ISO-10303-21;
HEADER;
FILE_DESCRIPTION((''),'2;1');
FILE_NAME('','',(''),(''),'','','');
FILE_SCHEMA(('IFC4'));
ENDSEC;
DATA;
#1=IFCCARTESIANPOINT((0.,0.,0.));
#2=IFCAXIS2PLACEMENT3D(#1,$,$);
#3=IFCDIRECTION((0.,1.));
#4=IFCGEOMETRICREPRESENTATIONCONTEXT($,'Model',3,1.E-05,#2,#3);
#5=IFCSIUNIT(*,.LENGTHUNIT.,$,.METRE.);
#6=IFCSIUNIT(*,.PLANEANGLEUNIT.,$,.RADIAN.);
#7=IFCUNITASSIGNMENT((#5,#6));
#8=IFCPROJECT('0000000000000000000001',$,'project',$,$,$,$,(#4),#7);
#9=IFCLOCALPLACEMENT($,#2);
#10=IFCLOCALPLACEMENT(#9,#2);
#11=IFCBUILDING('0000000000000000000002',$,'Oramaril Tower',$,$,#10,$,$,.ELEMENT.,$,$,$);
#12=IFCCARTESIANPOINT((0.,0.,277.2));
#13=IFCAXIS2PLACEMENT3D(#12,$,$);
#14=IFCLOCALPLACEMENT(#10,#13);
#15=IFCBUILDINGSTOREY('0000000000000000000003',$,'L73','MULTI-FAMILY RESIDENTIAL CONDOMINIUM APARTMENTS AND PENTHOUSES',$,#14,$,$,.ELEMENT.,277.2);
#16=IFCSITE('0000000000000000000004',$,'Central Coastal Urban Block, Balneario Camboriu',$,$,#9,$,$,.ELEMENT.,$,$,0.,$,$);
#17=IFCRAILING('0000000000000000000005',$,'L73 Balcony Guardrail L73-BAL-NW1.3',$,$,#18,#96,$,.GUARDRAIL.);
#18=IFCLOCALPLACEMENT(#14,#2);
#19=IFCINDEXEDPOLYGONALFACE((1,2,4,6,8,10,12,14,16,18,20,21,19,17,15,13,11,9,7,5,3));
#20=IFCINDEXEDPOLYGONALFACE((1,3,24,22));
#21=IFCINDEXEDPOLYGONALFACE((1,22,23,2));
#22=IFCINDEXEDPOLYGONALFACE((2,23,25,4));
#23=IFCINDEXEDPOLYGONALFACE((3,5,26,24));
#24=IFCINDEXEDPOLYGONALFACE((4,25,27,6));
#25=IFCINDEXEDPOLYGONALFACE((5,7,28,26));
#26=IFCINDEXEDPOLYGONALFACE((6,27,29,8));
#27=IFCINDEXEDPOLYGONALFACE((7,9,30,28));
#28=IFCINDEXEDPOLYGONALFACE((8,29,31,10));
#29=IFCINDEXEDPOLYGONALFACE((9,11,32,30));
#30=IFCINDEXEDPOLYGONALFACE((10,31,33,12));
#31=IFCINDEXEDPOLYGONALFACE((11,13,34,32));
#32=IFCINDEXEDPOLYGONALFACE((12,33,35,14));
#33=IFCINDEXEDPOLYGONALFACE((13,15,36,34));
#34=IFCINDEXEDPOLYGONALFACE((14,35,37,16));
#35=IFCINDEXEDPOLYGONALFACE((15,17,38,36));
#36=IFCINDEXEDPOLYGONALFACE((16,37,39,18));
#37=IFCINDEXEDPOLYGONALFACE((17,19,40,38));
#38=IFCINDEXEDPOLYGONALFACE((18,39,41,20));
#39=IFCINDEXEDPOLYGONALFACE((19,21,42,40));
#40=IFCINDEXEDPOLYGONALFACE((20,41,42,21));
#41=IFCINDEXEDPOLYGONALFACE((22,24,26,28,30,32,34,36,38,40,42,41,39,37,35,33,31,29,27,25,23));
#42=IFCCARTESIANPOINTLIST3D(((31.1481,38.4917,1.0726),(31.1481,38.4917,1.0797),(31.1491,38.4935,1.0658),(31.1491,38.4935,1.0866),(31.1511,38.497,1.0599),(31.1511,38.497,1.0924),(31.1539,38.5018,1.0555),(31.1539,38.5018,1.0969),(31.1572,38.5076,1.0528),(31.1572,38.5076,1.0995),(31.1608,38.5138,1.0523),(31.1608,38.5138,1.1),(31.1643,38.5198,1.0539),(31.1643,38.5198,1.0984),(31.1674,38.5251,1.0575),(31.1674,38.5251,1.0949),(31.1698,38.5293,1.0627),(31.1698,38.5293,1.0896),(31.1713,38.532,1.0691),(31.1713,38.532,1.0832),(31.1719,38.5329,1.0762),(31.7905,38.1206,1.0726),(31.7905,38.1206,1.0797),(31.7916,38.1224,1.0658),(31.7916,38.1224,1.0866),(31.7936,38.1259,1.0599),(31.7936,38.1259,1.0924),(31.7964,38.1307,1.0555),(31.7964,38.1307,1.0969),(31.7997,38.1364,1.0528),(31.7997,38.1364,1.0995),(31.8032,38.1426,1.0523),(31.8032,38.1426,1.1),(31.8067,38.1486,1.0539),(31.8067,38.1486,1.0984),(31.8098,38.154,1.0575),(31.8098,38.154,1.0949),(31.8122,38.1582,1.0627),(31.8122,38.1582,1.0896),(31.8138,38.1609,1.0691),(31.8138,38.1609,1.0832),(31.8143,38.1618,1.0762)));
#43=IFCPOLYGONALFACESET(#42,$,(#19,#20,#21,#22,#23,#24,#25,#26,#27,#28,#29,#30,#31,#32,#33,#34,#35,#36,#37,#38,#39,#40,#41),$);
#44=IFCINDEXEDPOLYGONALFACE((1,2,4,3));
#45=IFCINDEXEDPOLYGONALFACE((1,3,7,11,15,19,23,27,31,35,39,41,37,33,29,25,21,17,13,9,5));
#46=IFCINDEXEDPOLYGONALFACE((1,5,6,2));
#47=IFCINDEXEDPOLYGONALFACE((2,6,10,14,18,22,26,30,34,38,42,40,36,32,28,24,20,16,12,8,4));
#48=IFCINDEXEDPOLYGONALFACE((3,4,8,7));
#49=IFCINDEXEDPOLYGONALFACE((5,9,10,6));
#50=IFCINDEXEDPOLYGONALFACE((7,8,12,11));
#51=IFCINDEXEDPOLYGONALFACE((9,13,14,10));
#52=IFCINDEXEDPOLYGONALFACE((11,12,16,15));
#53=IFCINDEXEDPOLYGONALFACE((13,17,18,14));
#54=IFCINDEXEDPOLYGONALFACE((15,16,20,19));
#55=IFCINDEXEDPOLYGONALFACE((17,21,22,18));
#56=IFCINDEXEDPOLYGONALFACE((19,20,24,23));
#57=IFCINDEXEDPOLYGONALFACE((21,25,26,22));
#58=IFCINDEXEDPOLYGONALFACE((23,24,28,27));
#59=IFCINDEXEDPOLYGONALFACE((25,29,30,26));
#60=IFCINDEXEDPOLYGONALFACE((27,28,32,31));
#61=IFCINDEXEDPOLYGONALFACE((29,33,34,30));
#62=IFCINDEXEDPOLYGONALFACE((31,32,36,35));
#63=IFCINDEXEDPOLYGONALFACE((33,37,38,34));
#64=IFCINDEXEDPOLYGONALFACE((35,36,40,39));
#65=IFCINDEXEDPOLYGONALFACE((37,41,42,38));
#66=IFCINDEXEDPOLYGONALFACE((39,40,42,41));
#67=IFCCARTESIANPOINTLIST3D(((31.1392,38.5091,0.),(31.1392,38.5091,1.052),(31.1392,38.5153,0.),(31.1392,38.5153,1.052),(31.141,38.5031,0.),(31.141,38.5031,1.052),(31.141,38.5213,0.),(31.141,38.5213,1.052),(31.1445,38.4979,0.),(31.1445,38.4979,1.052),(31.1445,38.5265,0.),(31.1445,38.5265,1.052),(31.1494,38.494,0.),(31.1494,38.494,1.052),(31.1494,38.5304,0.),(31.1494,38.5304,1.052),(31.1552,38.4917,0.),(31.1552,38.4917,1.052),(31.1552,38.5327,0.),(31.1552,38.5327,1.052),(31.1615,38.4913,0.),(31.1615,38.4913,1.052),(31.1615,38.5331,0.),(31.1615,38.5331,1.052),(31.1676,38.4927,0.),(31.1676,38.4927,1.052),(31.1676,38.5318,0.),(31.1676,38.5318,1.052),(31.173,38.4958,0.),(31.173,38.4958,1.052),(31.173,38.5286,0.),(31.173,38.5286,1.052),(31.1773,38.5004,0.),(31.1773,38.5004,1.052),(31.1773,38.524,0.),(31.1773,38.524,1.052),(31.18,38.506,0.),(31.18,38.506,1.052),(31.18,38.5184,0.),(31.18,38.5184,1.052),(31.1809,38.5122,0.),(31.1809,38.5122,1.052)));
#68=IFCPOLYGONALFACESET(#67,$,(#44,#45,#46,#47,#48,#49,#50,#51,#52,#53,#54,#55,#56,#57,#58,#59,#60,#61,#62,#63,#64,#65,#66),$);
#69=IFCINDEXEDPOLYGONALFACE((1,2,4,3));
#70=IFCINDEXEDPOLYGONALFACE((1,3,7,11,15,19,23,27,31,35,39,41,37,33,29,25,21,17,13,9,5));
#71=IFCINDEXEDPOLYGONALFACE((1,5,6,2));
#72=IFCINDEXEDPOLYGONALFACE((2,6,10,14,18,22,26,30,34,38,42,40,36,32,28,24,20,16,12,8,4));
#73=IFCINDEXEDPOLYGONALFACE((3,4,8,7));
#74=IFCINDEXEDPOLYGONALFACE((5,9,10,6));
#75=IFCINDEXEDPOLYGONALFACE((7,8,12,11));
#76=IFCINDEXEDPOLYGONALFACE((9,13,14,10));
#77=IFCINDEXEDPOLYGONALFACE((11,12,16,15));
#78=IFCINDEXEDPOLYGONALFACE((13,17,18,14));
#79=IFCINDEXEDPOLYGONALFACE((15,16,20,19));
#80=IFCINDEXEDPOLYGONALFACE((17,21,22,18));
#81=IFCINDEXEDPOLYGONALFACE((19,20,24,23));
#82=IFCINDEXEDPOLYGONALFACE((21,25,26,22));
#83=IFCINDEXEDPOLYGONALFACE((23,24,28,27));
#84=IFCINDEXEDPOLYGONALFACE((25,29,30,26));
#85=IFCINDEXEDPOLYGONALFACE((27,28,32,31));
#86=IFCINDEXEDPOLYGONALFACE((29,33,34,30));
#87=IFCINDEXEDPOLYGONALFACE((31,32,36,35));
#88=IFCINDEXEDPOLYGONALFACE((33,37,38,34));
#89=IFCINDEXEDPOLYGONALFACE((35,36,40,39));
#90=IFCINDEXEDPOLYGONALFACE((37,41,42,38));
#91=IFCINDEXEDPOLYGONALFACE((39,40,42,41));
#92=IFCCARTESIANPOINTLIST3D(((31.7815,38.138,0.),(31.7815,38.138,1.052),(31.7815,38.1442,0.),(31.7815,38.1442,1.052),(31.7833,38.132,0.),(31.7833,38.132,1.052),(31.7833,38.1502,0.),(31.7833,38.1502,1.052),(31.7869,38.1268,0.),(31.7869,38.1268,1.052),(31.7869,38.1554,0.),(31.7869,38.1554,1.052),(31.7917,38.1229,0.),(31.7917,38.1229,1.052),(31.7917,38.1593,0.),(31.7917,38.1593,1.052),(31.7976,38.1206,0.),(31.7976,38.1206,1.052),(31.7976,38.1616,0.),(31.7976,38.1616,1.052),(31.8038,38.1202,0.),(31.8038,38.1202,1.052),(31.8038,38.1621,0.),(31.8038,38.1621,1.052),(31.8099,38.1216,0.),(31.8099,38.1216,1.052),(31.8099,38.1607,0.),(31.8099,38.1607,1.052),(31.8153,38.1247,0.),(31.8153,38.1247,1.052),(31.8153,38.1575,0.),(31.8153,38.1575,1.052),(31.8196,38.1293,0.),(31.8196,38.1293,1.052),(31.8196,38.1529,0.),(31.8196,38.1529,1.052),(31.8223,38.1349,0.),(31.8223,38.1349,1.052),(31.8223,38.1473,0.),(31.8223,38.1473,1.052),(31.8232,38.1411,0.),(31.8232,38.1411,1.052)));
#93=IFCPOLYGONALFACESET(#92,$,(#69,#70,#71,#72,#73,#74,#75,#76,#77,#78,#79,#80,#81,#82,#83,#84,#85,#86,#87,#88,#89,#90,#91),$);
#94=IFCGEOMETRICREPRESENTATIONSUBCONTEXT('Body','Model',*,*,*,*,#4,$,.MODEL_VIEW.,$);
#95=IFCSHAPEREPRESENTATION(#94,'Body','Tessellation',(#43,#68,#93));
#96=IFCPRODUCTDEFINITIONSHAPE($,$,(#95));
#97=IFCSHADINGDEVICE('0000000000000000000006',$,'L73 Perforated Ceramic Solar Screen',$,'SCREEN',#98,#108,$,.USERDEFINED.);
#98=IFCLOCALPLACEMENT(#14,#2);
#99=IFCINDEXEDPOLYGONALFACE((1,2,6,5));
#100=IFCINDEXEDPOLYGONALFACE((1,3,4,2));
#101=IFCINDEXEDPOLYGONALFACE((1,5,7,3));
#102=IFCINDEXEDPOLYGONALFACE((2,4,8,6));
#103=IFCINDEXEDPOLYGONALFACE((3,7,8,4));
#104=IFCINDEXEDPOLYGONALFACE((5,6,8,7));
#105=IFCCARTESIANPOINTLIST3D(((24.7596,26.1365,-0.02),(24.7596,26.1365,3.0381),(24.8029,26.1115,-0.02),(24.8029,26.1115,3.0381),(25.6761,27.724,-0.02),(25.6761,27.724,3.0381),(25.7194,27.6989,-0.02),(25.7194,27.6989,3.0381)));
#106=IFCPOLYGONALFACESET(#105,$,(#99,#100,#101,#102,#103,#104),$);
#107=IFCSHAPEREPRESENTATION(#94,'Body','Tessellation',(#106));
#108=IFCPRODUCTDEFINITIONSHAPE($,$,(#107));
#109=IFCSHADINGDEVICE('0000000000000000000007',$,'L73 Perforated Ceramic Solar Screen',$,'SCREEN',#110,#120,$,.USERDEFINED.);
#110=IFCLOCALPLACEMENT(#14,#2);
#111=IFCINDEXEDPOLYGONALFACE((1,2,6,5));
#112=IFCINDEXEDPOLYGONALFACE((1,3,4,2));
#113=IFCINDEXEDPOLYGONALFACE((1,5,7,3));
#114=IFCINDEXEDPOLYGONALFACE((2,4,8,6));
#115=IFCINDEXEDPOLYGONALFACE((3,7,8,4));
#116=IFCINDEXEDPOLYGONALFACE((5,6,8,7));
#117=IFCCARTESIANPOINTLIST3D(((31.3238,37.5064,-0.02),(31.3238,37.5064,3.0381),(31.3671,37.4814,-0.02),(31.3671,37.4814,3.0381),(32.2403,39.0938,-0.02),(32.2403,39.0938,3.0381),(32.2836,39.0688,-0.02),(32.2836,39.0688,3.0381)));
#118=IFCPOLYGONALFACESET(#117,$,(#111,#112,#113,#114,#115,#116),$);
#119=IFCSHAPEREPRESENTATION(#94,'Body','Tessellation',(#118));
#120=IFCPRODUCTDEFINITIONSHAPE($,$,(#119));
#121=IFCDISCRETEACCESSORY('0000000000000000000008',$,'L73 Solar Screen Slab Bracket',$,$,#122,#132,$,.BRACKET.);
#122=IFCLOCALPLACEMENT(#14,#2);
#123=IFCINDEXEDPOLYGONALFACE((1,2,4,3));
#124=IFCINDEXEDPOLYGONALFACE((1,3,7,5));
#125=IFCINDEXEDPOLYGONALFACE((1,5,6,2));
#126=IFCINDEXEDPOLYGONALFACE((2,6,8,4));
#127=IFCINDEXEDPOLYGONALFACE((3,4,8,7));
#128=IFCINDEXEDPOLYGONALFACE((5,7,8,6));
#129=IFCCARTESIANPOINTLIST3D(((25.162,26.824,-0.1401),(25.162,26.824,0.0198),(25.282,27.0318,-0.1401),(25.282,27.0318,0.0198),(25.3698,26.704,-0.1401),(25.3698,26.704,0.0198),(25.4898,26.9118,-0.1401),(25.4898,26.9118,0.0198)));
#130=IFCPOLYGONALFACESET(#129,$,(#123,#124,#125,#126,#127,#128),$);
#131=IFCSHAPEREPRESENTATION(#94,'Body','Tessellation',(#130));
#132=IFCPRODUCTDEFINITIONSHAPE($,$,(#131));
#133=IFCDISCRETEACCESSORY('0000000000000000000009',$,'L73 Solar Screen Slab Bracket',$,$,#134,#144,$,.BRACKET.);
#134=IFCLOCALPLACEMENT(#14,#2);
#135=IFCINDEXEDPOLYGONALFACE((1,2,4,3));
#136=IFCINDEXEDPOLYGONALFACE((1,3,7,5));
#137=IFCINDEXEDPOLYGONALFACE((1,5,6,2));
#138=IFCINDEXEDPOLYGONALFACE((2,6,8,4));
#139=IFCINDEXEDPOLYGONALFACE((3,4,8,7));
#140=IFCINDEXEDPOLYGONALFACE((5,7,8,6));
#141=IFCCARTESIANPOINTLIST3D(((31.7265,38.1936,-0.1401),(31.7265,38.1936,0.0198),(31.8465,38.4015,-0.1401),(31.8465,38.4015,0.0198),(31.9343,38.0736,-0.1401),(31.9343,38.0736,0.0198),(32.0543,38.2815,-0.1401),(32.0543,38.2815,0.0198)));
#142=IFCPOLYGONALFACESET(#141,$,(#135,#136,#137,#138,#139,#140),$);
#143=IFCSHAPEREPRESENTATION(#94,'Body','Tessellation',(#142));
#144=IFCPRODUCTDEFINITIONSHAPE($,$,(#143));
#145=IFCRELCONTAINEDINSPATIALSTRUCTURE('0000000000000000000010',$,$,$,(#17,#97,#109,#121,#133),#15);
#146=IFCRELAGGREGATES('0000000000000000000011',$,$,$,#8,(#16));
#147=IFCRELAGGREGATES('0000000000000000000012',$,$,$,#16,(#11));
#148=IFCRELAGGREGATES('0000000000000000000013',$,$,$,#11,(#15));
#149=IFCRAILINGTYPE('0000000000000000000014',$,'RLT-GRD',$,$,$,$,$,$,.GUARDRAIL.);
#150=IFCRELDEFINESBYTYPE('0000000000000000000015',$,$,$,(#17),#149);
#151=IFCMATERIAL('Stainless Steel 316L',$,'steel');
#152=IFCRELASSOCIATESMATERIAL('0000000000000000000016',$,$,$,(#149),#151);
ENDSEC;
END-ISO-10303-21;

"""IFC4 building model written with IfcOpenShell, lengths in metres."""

from ifc_helpers import new_model, si_unit, direction, frame, origin, origin_2d, place, context, subcontext, project, spatial, rectangle, circle, extrude, material, type_object, element, save


model = new_model("IFC4")

# Units and contexts
model_context = context("Model", 3, precision=1e-05, world=origin(), true_north=direction((0.0, 1.0)))
body_context = subcontext(model_context, "Body", "Model", "MODEL_VIEW")
ifc_project = project(units=[si_unit("LENGTHUNIT", "METRE"), si_unit("PLANEANGLEUNIT", "RADIAN")], contexts=[model_context])

# Site, building, storey
site_placement = place(None, origin())
site = spatial("IfcSite", under=ifc_project, at=site_placement, Name="Central Coastal Urban Block, Balneario Camboriu", CompositionType="ELEMENT", RefElevation=0.0)
building_placement = place(site_placement, origin())
building = spatial("IfcBuilding", under=site, at=building_placement, Name="Oramaril Tower", CompositionType="ELEMENT")
storey_placement = place(building_placement, frame((0.0, 0.0, 277.2)))
storey = spatial("IfcBuildingStorey", under=building, at=storey_placement, Name="L73", Description="MULTI-FAMILY RESIDENTIAL CONDOMINIUM APARTMENTS AND PENTHOUSES", CompositionType="ELEMENT", Elevation=277.2)

# Railing
ifc_material_1 = material(Name="Stainless Steel 316L", Category="steel")
railing_type = type_object("IfcRailingType", Name="RLT-GRD", PredefinedType="GUARDRAIL", material=ifc_material_1)
railing_1_placement = place(storey_placement, frame((31.1599, 38.5122, 0.0)))
element("IfcRailing", 1, at=railing_1_placement, inside=storey, type_object=railing_type, Name="L73 Balcony Guardrail L73-BAL-NW1.3", PredefinedType="GUARDRAIL", context=body_context, shape_type="SweptSolid", body=[
    extrude(circle(Radius=0.0239, at=origin_2d()), frame((0.0, 0.0, 1.0762), z_axis=(0.865884, -0.500245, 0.0), x_axis=(0.500245, 0.865884, 0.0)), (0.0, 0.0, 1.0), 0.7419),
    extrude(circle(Radius=0.021, at=origin_2d()), origin(), (0.0, 0.0, 1.0), 1.052),
    extrude(circle(Radius=0.021, at=origin_2d()), frame((0.6423, -0.3711, 0.0)), (0.0, 0.0, 1.0), 1.052),
])

# Shading devices
for number, where, z_axis, x_axis, name in (
    (2, (25.2395, 26.9177, -0.02), (0.0, 0.0, 1.0), (-0.499998, -0.866026, 0.0), "L73 Perforated Ceramic Solar Screen"),
    (3, (31.8037, 38.2876, -0.02), (0.0, 0.0, 1.0), (-0.499998, -0.866026, 0.0), "L73 Perforated Ceramic Solar Screen"),
):
    element("IfcShadingDevice", number, at=place(storey_placement, frame(where, z_axis=z_axis, x_axis=x_axis)), inside=storey, Name=name, ObjectType="SCREEN", PredefinedType="USERDEFINED", context=body_context, shape_type="SweptSolid", body=[
        extrude(rectangle(XDim=1.833, YDim=0.05, at=origin_2d()), origin(), (0.0, 0.0, 1.0), 3.0581),
    ])

# Discrete accessories
for number, where, z_axis, x_axis, name in (
    (4, (25.3259, 26.8679, -0.1401), (0.0, 0.0, 1.0), (-0.499998, -0.866026, 0.0), "L73 Solar Screen Slab Bracket"),
    (5, (31.8904, 38.2375, -0.1401), (0.0, 0.0, 1.0), (-0.499998, -0.866026, 0.0), "L73 Solar Screen Slab Bracket"),
):
    element("IfcDiscreteAccessory", number, at=place(storey_placement, frame(where, z_axis=z_axis, x_axis=x_axis)), inside=storey, Name=name, PredefinedType="BRACKET", context=body_context, shape_type="SweptSolid", body=[
        extrude(rectangle(XDim=0.24, YDim=0.24, at=origin_2d()), origin(), (0.0, 0.0, 1.0), 0.1599),
    ])

save(model, "model.ifc")
